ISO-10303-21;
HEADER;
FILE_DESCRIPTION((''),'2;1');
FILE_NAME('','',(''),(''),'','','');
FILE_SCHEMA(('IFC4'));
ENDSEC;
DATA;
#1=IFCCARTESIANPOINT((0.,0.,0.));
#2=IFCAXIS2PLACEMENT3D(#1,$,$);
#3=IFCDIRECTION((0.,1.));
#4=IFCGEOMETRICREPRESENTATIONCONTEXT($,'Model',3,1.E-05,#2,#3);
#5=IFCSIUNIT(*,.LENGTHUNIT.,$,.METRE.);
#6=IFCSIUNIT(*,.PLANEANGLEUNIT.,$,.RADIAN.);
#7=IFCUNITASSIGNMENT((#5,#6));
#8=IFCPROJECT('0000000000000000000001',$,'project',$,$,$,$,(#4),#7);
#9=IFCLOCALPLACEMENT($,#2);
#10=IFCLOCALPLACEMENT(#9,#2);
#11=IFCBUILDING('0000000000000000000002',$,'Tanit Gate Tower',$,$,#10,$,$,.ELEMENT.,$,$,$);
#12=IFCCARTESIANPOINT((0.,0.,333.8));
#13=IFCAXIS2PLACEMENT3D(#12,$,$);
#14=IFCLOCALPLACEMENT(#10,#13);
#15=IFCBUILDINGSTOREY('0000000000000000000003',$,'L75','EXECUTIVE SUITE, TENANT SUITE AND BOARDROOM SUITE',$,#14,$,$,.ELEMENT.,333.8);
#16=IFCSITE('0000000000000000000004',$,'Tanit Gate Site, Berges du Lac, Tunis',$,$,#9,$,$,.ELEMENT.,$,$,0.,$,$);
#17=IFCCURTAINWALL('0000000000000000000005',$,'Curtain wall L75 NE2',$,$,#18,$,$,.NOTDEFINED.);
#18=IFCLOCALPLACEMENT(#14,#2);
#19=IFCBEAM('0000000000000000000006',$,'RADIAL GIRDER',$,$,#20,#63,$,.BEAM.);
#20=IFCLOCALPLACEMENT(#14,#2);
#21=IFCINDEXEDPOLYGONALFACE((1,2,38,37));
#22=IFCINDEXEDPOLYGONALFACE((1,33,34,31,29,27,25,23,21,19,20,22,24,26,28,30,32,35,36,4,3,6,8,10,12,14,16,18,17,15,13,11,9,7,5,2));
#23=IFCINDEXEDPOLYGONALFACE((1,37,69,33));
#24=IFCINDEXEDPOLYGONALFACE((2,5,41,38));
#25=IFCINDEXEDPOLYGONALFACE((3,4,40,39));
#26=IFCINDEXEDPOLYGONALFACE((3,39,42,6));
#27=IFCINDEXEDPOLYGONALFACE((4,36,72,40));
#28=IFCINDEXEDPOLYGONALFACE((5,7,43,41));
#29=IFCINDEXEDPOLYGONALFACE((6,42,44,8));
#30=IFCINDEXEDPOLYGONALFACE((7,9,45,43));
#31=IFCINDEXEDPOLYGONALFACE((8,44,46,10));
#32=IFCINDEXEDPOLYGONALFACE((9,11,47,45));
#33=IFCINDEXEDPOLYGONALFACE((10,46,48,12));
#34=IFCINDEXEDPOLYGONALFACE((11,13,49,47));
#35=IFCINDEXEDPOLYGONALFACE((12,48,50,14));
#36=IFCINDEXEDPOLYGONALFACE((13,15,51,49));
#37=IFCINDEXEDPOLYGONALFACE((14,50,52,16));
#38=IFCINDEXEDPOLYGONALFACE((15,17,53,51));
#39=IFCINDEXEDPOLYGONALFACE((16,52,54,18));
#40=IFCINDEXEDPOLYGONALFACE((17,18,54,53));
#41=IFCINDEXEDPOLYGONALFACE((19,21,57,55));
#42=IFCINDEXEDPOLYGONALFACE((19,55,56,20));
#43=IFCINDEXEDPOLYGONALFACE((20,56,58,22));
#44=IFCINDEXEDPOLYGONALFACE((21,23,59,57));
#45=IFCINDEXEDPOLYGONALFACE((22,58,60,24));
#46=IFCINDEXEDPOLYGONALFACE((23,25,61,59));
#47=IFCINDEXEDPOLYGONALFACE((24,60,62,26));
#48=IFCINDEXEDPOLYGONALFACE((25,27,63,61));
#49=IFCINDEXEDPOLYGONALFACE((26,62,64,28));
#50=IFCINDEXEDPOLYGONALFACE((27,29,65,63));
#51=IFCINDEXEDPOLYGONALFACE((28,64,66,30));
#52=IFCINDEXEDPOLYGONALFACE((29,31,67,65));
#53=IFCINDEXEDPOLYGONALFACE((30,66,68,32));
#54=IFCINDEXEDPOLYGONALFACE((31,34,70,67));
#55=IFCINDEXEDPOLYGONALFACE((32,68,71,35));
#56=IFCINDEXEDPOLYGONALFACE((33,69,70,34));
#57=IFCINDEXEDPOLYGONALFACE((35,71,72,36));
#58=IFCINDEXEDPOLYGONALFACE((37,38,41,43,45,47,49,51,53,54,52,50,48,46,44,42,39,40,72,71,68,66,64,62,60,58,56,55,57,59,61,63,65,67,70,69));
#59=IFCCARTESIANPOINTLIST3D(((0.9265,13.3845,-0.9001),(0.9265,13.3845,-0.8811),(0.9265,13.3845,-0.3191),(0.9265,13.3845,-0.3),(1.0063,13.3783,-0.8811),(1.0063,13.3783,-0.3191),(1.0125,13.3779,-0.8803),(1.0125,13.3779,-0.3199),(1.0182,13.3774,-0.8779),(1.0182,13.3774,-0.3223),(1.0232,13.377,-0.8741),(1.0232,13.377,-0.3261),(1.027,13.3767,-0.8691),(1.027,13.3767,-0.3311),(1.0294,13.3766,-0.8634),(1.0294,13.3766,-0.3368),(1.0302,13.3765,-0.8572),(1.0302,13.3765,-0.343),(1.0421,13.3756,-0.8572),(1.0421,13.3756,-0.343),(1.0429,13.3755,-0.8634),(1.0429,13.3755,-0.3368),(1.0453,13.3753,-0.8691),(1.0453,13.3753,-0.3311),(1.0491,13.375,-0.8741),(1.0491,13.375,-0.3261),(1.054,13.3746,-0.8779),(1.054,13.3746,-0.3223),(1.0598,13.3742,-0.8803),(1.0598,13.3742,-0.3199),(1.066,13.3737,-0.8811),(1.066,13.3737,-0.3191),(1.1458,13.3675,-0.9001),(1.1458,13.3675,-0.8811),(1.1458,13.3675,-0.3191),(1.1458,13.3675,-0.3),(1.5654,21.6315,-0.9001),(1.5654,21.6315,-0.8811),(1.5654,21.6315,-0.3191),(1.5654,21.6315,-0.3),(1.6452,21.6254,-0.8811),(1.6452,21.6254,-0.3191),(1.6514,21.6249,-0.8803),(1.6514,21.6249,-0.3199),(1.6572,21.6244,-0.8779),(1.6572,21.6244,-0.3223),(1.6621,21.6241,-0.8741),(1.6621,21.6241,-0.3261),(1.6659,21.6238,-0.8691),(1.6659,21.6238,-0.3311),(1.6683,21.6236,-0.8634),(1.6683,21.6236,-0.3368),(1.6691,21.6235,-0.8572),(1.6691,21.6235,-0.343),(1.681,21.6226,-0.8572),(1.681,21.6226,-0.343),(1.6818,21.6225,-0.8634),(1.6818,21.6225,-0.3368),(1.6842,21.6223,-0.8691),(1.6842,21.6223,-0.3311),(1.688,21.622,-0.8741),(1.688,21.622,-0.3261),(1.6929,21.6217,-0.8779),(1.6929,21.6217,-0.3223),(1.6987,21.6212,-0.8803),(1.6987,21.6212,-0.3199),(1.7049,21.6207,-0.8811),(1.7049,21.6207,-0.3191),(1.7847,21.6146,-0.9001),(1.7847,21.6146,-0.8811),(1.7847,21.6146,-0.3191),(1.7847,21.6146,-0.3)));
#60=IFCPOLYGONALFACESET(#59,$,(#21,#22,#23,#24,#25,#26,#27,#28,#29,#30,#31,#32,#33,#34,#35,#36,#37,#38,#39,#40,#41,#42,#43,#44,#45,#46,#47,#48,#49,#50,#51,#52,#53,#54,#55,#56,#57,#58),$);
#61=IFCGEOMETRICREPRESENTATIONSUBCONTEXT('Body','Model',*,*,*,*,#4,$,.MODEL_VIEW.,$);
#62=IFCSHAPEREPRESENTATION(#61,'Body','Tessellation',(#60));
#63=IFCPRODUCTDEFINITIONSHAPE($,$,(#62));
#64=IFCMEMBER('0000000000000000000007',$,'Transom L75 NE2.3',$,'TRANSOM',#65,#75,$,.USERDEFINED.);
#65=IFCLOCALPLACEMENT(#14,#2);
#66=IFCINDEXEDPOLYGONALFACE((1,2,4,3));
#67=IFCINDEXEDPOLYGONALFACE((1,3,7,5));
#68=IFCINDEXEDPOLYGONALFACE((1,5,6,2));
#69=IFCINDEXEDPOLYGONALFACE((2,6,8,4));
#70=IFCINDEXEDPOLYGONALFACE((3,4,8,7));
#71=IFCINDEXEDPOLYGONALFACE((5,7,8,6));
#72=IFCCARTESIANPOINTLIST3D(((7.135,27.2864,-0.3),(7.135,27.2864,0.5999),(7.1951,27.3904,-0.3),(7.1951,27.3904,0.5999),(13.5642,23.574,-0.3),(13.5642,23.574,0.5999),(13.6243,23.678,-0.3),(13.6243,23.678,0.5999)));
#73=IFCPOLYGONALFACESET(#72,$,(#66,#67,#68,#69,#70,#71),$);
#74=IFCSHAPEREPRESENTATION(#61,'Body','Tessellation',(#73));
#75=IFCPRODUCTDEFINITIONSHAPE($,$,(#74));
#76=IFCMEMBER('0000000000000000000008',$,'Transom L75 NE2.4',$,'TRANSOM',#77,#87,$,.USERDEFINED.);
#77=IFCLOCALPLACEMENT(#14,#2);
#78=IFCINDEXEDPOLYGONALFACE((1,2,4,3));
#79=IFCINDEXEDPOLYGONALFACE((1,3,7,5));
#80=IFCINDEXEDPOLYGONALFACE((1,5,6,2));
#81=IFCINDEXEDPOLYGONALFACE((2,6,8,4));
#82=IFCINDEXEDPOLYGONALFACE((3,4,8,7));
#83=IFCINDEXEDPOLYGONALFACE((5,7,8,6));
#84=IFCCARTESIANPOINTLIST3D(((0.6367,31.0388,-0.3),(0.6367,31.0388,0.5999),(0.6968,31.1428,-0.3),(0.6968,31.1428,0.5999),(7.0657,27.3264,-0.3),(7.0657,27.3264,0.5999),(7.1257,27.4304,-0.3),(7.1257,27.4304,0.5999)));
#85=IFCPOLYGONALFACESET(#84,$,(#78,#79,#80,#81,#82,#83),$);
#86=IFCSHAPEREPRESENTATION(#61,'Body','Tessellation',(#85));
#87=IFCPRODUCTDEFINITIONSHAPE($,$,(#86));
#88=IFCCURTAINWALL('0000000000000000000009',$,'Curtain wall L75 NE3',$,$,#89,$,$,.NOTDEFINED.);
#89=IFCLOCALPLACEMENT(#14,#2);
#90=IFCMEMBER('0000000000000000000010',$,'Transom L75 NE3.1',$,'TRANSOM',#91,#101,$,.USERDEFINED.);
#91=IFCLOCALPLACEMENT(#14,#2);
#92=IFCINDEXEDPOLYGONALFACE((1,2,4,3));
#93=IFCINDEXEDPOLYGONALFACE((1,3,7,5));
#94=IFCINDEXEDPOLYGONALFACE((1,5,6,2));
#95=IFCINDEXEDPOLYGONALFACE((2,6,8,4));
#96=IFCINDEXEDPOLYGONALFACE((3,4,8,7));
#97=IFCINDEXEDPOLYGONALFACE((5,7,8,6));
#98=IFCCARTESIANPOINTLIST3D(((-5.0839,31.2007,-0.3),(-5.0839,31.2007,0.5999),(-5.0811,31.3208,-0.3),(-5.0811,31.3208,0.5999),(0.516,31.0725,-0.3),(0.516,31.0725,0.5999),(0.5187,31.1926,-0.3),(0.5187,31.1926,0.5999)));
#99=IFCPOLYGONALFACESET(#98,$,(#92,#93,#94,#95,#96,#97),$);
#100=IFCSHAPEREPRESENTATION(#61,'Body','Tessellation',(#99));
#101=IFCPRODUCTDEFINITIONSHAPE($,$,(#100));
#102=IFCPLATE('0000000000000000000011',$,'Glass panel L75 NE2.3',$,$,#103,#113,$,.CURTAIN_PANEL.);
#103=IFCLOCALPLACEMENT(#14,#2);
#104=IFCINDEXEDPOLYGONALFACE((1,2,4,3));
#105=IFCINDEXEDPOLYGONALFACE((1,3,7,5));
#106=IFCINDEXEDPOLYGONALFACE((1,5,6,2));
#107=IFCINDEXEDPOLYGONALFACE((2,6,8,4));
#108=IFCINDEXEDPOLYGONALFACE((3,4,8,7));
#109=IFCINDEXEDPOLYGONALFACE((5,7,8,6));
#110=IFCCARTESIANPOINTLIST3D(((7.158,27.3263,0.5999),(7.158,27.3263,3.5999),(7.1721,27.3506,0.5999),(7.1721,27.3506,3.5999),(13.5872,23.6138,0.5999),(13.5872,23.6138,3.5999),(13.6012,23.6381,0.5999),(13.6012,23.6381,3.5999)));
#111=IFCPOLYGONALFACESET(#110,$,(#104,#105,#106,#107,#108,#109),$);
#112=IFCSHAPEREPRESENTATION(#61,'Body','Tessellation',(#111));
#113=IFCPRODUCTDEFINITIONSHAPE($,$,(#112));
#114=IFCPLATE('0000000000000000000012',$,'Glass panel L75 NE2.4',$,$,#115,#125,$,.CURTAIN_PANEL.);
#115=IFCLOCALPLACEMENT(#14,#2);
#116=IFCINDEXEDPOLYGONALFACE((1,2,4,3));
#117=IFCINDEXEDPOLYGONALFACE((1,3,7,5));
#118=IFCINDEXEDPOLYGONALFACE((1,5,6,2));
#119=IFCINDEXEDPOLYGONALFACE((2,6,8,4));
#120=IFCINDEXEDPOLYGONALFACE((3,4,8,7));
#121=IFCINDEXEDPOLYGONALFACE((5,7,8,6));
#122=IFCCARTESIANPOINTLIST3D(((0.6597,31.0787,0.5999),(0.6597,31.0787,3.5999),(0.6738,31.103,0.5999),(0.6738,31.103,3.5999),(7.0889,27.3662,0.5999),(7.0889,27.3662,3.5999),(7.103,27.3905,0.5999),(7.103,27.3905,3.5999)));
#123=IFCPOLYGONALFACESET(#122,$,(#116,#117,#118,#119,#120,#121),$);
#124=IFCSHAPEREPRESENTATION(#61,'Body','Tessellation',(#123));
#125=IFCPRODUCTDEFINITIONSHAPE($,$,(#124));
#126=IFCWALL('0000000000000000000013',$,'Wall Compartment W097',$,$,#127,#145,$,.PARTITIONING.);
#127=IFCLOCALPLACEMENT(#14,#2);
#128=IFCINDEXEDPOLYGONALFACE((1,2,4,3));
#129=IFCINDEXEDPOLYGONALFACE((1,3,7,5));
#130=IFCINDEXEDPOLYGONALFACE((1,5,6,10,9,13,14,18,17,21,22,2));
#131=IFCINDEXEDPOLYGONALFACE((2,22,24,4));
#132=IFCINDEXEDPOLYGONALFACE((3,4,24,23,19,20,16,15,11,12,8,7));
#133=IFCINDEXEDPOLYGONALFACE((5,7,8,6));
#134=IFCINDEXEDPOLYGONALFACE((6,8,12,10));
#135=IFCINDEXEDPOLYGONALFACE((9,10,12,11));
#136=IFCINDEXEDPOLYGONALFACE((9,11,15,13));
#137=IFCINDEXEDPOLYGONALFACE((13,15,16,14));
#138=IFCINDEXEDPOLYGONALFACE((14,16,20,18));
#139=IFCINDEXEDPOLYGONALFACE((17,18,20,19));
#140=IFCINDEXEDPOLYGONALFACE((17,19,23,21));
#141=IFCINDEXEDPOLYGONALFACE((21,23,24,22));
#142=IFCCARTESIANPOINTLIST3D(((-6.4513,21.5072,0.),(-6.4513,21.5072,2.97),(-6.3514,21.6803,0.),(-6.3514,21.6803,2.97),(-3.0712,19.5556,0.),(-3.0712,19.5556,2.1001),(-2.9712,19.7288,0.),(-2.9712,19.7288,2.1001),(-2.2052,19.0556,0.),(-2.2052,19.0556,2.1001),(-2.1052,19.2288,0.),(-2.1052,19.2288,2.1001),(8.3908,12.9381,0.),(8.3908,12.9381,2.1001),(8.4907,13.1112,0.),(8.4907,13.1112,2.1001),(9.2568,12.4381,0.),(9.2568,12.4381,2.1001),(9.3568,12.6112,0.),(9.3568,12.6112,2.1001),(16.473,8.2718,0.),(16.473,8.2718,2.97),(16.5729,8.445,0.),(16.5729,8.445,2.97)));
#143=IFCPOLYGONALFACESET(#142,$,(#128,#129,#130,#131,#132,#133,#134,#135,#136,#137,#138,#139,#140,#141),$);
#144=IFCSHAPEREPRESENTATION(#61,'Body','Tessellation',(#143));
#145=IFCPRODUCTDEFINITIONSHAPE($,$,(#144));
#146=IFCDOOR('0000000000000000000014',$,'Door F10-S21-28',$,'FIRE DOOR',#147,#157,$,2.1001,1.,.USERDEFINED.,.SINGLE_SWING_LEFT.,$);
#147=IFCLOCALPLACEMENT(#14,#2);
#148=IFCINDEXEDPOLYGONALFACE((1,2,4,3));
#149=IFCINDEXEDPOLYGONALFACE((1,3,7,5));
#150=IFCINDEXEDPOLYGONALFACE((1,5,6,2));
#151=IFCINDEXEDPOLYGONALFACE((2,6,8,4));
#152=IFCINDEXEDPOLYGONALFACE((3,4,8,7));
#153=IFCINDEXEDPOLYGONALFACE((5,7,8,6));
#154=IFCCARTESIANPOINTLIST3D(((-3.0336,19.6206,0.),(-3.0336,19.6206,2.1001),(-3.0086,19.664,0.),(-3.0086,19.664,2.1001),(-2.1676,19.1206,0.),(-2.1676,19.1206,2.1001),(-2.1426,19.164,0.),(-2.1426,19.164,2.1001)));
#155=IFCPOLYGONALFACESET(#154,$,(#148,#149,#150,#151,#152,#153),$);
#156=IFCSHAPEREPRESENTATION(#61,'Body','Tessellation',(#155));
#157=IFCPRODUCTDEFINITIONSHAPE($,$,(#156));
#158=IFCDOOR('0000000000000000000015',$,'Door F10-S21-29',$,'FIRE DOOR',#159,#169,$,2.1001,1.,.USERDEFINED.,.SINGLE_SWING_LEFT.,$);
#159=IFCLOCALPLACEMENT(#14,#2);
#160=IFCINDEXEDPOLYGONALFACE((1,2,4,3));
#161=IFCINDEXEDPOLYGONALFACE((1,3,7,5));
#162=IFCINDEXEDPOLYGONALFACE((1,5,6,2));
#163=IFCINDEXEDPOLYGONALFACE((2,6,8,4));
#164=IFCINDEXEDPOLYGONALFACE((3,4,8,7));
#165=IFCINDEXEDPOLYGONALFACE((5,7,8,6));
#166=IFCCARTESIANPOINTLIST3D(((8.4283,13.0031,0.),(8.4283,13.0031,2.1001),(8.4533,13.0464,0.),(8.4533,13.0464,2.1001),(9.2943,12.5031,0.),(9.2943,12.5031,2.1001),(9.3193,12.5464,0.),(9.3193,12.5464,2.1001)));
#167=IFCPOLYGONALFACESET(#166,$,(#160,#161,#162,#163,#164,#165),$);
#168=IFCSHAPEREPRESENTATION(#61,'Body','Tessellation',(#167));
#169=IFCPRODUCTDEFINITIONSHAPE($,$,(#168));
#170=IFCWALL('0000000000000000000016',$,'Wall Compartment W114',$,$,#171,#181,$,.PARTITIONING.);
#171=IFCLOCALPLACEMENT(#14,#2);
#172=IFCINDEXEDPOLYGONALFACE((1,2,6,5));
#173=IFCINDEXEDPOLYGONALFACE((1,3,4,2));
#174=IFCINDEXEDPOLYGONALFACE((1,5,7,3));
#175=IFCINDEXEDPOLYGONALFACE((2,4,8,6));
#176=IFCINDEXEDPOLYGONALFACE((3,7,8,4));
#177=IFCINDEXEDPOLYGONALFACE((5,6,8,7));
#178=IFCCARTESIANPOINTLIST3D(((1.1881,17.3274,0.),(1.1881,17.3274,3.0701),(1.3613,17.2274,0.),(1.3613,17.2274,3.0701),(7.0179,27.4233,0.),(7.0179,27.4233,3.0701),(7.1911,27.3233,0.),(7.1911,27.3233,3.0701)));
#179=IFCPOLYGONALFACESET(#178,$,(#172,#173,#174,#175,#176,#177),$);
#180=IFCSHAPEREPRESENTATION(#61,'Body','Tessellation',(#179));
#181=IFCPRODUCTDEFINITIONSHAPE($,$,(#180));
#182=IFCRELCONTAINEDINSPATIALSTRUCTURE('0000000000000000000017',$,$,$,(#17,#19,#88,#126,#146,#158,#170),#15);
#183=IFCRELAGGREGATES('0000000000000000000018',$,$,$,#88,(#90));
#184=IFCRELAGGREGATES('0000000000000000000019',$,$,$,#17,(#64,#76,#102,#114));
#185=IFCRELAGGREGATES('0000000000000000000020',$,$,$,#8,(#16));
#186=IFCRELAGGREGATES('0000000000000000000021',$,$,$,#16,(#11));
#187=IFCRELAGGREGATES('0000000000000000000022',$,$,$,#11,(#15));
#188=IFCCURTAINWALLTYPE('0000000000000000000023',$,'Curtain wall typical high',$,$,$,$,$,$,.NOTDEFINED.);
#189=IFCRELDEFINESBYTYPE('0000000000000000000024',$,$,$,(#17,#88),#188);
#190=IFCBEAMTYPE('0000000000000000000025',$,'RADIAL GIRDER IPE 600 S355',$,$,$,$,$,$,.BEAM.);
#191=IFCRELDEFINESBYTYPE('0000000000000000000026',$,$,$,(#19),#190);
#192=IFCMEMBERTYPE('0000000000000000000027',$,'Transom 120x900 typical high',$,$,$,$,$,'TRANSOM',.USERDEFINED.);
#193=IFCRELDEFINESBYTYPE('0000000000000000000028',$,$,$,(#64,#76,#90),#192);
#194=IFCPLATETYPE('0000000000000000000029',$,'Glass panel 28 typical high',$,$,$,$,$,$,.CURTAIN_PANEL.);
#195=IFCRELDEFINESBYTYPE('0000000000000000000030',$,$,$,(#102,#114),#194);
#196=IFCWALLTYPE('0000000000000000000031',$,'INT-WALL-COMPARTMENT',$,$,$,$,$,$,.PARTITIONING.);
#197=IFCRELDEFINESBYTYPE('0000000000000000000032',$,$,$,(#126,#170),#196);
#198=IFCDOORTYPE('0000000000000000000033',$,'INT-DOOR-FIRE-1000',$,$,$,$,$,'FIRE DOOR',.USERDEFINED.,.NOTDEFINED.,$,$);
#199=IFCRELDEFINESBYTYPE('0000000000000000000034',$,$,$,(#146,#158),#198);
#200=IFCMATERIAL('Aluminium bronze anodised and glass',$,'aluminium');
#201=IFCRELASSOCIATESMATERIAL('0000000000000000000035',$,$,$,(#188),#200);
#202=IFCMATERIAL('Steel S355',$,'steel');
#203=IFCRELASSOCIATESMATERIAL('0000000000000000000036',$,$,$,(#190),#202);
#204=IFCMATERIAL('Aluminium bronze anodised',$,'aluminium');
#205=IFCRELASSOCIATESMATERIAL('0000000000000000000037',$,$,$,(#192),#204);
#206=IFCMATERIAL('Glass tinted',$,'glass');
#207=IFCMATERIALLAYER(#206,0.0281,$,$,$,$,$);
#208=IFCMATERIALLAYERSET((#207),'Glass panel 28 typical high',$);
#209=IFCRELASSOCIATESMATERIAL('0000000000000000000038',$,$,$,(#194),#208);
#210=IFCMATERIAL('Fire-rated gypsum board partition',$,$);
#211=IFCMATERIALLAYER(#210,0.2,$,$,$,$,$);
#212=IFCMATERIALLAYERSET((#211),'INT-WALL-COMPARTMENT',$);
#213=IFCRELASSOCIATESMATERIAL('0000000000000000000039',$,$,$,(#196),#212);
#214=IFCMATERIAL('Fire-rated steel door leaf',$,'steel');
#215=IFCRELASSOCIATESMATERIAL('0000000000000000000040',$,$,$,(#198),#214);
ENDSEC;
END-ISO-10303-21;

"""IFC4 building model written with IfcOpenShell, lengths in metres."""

from ifc_helpers import new_model, si_unit, direction, frame, frame_2d, origin, origin_2d, place, context, subcontext, project, spatial, rectangle, i_section, extrude, material, layer, layer_set, material_profile, profile_set, type_object, element, fill, aggregate, save


model = new_model("IFC4")

# Units and contexts
model_context = context("Model", 3, precision=1e-05, world=origin(), true_north=direction((0.0, 1.0)))
body_context = subcontext(model_context, "Body", "Model", "MODEL_VIEW")
ifc_project = project(units=[si_unit("LENGTHUNIT", "METRE"), si_unit("PLANEANGLEUNIT", "RADIAN")], contexts=[model_context])

# Site, building, storey
site_placement = place(None, origin())
site = spatial("IfcSite", under=ifc_project, at=site_placement, Name="Tanit Gate Site, Berges du Lac, Tunis", CompositionType="ELEMENT", RefElevation=0.0)
building_placement = place(site_placement, origin())
building = spatial("IfcBuilding", under=site, at=building_placement, Name="Tanit Gate Tower", CompositionType="ELEMENT")
storey_placement = place(building_placement, frame((0.0, 0.0, 333.8)))
storey = spatial("IfcBuildingStorey", under=building, at=storey_placement, Name="L75", Description="EXECUTIVE SUITE, TENANT SUITE AND BOARDROOM SUITE", CompositionType="ELEMENT", Elevation=333.8)

# Curtain wall
ifc_material_1 = material(Name="Aluminium bronze anodised and glass", Category="aluminium")
curtain_wall_type = type_object("IfcCurtainWallType", Name="Curtain wall typical high", PredefinedType="NOTDEFINED", material=ifc_material_1)
curtain_wall_1_placement = place(storey_placement, origin())
curtain_wall_1 = element("IfcCurtainWall", 1, at=curtain_wall_1_placement, inside=storey, type_object=curtain_wall_type, Name="Curtain wall L75 NE2", PredefinedType="NOTDEFINED")

# Beam
ifc_material_2 = material(Name="Steel S355", Category="steel")
ifc_material_profile_1 = material_profile(ifc_material_2, i_section(OverallWidth=0.22, OverallDepth=0.6001, WebThickness=0.012, FlangeThickness=0.019, FilletRadius=0.0239, at=origin_2d()), Name="IPE 600")
ifc_profile_set_1 = profile_set([ifc_material_profile_1], Name="Steel S355")
beam_type_1 = type_object("IfcBeamType", Name="RADIAL GIRDER IPE 600 S355", PredefinedType="BEAM", material=ifc_profile_set_1)
beam_placement = place(storey_placement, frame((1.675, 21.623, -0.6001), z_axis=(-0.07724, -0.997012, 0.0), x_axis=(0.997012, -0.07724, 0.0)))
element("IfcBeam", 2, at=beam_placement, inside=storey, type_object=beam_type_1, Name="RADIAL GIRDER", PredefinedType="BEAM", context=body_context, shape_type="SweptSolid", body=[
    extrude(i_section(OverallWidth=0.22, OverallDepth=0.6001, WebThickness=0.012, FlangeThickness=0.019, FilletRadius=0.0239, at=origin_2d()), origin(), (0.0, 0.0, 1.0), 8.2717),
])

# Members
ifc_material_3 = material(Name="Aluminium bronze anodised", Category="aluminium")
ifc_material_profile_2 = material_profile(ifc_material_3, rectangle(XDim=0.1201, YDim=0.8999, at=origin_2d()), Name="120x900 bronze transom")
ifc_profile_set_2 = profile_set([ifc_material_profile_2], Name="Aluminium bronze anodised")
member_type_1 = type_object("IfcMemberType", Name="Transom 120x900 typical high", ElementType="TRANSOM", PredefinedType="USERDEFINED", material=ifc_profile_set_2)
member_1_placement = place(storey_placement, frame((13.5942, 23.626, 0.1499), z_axis=(-0.865996, 0.500051, 0.0), x_axis=(-0.500051, -0.865996, 0.0)))
member_1 = element("IfcMember", 3, at=member_1_placement, type_object=member_type_1, Name="Transom L75 NE2.3", ObjectType="TRANSOM", PredefinedType="USERDEFINED", context=body_context, shape_type="SweptSolid", body=[
    extrude(rectangle(XDim=0.1201, YDim=0.8999, at=origin_2d()), origin(), (0.0, 0.0, 1.0), 7.4241),
])
member_2_placement = place(storey_placement, frame((7.0957, 27.3784, 0.1499), z_axis=(-0.865988, 0.500065, 0.0), x_axis=(-0.500065, -0.865988, 0.0)))
member_2 = element("IfcMember", 4, at=member_2_placement, type_object=member_type_1, Name="Transom L75 NE2.4", ObjectType="TRANSOM", PredefinedType="USERDEFINED", context=body_context, shape_type="SweptSolid", body=[
    extrude(rectangle(XDim=0.1201, YDim=0.8999, at=origin_2d()), origin(), (0.0, 0.0, 1.0), 7.4238),
])

# Curtain wall, member
curtain_wall_2_placement = place(storey_placement, origin())
curtain_wall_2 = element("IfcCurtainWall", 5, at=curtain_wall_2_placement, inside=storey, type_object=curtain_wall_type, Name="Curtain wall L75 NE3", PredefinedType="NOTDEFINED")
member_3_placement = place(storey_placement, frame((0.5173, 31.1326, 0.1499), z_axis=(-0.999738, 0.022883, 0.0), x_axis=(-0.022883, -0.999738, 0.0)))
member_3 = element("IfcMember", 6, at=member_3_placement, type_object=member_type_1, Name="Transom L75 NE3.1", ObjectType="TRANSOM", PredefinedType="USERDEFINED", context=body_context, shape_type="SweptSolid", body=[
    extrude(rectangle(XDim=0.1201, YDim=0.8999, at=origin_2d()), origin(), (0.0, 0.0, 1.0), 5.6013),
])
aggregate(curtain_wall_2, [member_3])

# Plates
ifc_material_4 = material(Name="Glass tinted", Category="glass")
ifc_layer_1 = layer(ifc_material_4, 0.0281)
ifc_layer_set_1 = layer_set([ifc_layer_1], Name="Glass panel 28 typical high")
plate_type = type_object("IfcPlateType", Name="Glass panel 28 typical high", PredefinedType="CURTAIN_PANEL", material=ifc_layer_set_1)
plate_1_placement = place(storey_placement, frame((10.3796, 25.4822, 0.5999), z_axis=(0.0, 0.0, 1.0), x_axis=(-0.865991, 0.50006, 0.0)))
plate_1 = element("IfcPlate", 7, at=plate_1_placement, type_object=plate_type, Name="Glass panel L75 NE2.3", PredefinedType="CURTAIN_PANEL", context=body_context, shape_type="SweptSolid", body=[
    extrude(rectangle(XDim=7.4241, YDim=0.0281, at=origin_2d()), origin(), (0.0, 0.0, 1.0), 3.0),
])
plate_2_placement = place(storey_placement, frame((3.8813, 29.2346, 0.5999), z_axis=(0.0, 0.0, 1.0), x_axis=(-0.865991, 0.50006, 0.0)))
plate_2 = element("IfcPlate", 8, at=plate_2_placement, type_object=plate_type, Name="Glass panel L75 NE2.4", PredefinedType="CURTAIN_PANEL", context=body_context, shape_type="SweptSolid", body=[
    extrude(rectangle(XDim=7.4241, YDim=0.0281, at=origin_2d()), origin(), (0.0, 0.0, 1.0), 3.0),
])
aggregate(curtain_wall_1, [member_1, member_2, plate_1, plate_2])

# Wall, openings, doors
ifc_material_5 = material(Name="Fire-rated gypsum board partition")
ifc_layer_2 = layer(ifc_material_5, 0.2)
ifc_layer_set_2 = layer_set([ifc_layer_2], Name="INT-WALL-COMPARTMENT")
wall_type_1 = type_object("IfcWallType", Name="INT-WALL-COMPARTMENT", PredefinedType="PARTITIONING", material=ifc_layer_set_2)
wall_1_placement = place(storey_placement, frame((16.5229, 8.3584, 0.0), z_axis=(0.0, 0.0, 1.0), x_axis=(-0.866026, 0.5, 0.0)))
wall_1 = element("IfcWall", 9, at=wall_1_placement, inside=storey, type_object=wall_type_1, Name="Wall Compartment W097", PredefinedType="PARTITIONING", context=body_context, shape_type="SweptSolid", body=[
    extrude(rectangle(XDim=26.4707, YDim=0.2, at=frame_2d((13.2354, 0.0))), origin(), (0.0, 0.0, 1.0), 2.97),
])
opening_1_placement = place(wall_1_placement, frame((21.5676, 0.0, 0.0)))
opening_1 = element("IfcOpeningElement", 10, at=opening_1_placement, cuts=wall_1, PredefinedType="OPENING", context=body_context, shape_type="SweptSolid", body=[
    extrude(rectangle(XDim=1.0, YDim=2.1001, at=frame_2d((0.5, 1.05))), frame((0.0, 0.1099, 0.0), z_axis=(0.0, -1.0, 0.0), x_axis=(1.0, 0.0, 0.0)), (0.0, 0.0, 1.0), 0.22),
])
opening_2_placement = place(wall_1_placement, frame((8.3325, 0.0, 0.0)))
opening_2 = element("IfcOpeningElement", 11, at=opening_2_placement, cuts=wall_1, PredefinedType="OPENING", context=body_context, shape_type="SweptSolid", body=[
    extrude(rectangle(XDim=1.0, YDim=2.1001, at=frame_2d((0.5, 1.05))), frame((0.0, 0.1099, 0.0), z_axis=(0.0, -1.0, 0.0), x_axis=(1.0, 0.0, 0.0)), (0.0, 0.0, 1.0), 0.22),
])
ifc_material_6 = material(Name="Fire-rated steel door leaf", Category="steel")
door_type_1 = type_object("IfcDoorType", Name="INT-DOOR-FIRE-1000", ElementType="FIRE DOOR", OperationType="NOTDEFINED", PredefinedType="USERDEFINED", material=ifc_material_6)
door_1_placement = place(opening_1_placement, origin())
door_1 = element("IfcDoor", 12, at=door_1_placement, inside=storey, type_object=door_type_1, Name="Door F10-S21-28", ObjectType="FIRE DOOR", OperationType="SINGLE_SWING_LEFT", OverallHeight=2.1001, OverallWidth=1.0, PredefinedType="USERDEFINED", context=body_context, shape_type="SweptSolid", body=[
    extrude(rectangle(XDim=1.0, YDim=2.1001, at=frame_2d((0.5, 1.05))), frame((0.0, 0.0249, 0.0), z_axis=(0.0, -1.0, 0.0), x_axis=(1.0, 0.0, 0.0)), (0.0, 0.0, 1.0), 0.05),
])
fill(opening_1, door_1)
door_2_placement = place(opening_2_placement, origin())
door_2 = element("IfcDoor", 13, at=door_2_placement, inside=storey, type_object=door_type_1, Name="Door F10-S21-29", ObjectType="FIRE DOOR", OperationType="SINGLE_SWING_LEFT", OverallHeight=2.1001, OverallWidth=1.0, PredefinedType="USERDEFINED", context=body_context, shape_type="SweptSolid", body=[
    extrude(rectangle(XDim=1.0, YDim=2.1001, at=frame_2d((0.5, 1.05))), frame((0.0, 0.0249, 0.0), z_axis=(0.0, -1.0, 0.0), x_axis=(1.0, 0.0, 0.0)), (0.0, 0.0, 1.0), 0.05),
])
fill(opening_2, door_2)

# Wall
wall_2_placement = place(storey_placement, frame((7.1045, 27.3733, 0.0), z_axis=(0.0, 0.0, 1.0), x_axis=(-0.50006, -0.865991, 0.0)))
element("IfcWall", 14, at=wall_2_placement, inside=storey, type_object=wall_type_1, Name="Wall Compartment W114", PredefinedType="PARTITIONING", context=body_context, shape_type="SweptSolid", body=[
    extrude(rectangle(XDim=11.6582, YDim=0.2, at=frame_2d((5.8291, 0.0))), origin(), (0.0, 0.0, 1.0), 3.0701),
])

save(model, "model.ifc")
